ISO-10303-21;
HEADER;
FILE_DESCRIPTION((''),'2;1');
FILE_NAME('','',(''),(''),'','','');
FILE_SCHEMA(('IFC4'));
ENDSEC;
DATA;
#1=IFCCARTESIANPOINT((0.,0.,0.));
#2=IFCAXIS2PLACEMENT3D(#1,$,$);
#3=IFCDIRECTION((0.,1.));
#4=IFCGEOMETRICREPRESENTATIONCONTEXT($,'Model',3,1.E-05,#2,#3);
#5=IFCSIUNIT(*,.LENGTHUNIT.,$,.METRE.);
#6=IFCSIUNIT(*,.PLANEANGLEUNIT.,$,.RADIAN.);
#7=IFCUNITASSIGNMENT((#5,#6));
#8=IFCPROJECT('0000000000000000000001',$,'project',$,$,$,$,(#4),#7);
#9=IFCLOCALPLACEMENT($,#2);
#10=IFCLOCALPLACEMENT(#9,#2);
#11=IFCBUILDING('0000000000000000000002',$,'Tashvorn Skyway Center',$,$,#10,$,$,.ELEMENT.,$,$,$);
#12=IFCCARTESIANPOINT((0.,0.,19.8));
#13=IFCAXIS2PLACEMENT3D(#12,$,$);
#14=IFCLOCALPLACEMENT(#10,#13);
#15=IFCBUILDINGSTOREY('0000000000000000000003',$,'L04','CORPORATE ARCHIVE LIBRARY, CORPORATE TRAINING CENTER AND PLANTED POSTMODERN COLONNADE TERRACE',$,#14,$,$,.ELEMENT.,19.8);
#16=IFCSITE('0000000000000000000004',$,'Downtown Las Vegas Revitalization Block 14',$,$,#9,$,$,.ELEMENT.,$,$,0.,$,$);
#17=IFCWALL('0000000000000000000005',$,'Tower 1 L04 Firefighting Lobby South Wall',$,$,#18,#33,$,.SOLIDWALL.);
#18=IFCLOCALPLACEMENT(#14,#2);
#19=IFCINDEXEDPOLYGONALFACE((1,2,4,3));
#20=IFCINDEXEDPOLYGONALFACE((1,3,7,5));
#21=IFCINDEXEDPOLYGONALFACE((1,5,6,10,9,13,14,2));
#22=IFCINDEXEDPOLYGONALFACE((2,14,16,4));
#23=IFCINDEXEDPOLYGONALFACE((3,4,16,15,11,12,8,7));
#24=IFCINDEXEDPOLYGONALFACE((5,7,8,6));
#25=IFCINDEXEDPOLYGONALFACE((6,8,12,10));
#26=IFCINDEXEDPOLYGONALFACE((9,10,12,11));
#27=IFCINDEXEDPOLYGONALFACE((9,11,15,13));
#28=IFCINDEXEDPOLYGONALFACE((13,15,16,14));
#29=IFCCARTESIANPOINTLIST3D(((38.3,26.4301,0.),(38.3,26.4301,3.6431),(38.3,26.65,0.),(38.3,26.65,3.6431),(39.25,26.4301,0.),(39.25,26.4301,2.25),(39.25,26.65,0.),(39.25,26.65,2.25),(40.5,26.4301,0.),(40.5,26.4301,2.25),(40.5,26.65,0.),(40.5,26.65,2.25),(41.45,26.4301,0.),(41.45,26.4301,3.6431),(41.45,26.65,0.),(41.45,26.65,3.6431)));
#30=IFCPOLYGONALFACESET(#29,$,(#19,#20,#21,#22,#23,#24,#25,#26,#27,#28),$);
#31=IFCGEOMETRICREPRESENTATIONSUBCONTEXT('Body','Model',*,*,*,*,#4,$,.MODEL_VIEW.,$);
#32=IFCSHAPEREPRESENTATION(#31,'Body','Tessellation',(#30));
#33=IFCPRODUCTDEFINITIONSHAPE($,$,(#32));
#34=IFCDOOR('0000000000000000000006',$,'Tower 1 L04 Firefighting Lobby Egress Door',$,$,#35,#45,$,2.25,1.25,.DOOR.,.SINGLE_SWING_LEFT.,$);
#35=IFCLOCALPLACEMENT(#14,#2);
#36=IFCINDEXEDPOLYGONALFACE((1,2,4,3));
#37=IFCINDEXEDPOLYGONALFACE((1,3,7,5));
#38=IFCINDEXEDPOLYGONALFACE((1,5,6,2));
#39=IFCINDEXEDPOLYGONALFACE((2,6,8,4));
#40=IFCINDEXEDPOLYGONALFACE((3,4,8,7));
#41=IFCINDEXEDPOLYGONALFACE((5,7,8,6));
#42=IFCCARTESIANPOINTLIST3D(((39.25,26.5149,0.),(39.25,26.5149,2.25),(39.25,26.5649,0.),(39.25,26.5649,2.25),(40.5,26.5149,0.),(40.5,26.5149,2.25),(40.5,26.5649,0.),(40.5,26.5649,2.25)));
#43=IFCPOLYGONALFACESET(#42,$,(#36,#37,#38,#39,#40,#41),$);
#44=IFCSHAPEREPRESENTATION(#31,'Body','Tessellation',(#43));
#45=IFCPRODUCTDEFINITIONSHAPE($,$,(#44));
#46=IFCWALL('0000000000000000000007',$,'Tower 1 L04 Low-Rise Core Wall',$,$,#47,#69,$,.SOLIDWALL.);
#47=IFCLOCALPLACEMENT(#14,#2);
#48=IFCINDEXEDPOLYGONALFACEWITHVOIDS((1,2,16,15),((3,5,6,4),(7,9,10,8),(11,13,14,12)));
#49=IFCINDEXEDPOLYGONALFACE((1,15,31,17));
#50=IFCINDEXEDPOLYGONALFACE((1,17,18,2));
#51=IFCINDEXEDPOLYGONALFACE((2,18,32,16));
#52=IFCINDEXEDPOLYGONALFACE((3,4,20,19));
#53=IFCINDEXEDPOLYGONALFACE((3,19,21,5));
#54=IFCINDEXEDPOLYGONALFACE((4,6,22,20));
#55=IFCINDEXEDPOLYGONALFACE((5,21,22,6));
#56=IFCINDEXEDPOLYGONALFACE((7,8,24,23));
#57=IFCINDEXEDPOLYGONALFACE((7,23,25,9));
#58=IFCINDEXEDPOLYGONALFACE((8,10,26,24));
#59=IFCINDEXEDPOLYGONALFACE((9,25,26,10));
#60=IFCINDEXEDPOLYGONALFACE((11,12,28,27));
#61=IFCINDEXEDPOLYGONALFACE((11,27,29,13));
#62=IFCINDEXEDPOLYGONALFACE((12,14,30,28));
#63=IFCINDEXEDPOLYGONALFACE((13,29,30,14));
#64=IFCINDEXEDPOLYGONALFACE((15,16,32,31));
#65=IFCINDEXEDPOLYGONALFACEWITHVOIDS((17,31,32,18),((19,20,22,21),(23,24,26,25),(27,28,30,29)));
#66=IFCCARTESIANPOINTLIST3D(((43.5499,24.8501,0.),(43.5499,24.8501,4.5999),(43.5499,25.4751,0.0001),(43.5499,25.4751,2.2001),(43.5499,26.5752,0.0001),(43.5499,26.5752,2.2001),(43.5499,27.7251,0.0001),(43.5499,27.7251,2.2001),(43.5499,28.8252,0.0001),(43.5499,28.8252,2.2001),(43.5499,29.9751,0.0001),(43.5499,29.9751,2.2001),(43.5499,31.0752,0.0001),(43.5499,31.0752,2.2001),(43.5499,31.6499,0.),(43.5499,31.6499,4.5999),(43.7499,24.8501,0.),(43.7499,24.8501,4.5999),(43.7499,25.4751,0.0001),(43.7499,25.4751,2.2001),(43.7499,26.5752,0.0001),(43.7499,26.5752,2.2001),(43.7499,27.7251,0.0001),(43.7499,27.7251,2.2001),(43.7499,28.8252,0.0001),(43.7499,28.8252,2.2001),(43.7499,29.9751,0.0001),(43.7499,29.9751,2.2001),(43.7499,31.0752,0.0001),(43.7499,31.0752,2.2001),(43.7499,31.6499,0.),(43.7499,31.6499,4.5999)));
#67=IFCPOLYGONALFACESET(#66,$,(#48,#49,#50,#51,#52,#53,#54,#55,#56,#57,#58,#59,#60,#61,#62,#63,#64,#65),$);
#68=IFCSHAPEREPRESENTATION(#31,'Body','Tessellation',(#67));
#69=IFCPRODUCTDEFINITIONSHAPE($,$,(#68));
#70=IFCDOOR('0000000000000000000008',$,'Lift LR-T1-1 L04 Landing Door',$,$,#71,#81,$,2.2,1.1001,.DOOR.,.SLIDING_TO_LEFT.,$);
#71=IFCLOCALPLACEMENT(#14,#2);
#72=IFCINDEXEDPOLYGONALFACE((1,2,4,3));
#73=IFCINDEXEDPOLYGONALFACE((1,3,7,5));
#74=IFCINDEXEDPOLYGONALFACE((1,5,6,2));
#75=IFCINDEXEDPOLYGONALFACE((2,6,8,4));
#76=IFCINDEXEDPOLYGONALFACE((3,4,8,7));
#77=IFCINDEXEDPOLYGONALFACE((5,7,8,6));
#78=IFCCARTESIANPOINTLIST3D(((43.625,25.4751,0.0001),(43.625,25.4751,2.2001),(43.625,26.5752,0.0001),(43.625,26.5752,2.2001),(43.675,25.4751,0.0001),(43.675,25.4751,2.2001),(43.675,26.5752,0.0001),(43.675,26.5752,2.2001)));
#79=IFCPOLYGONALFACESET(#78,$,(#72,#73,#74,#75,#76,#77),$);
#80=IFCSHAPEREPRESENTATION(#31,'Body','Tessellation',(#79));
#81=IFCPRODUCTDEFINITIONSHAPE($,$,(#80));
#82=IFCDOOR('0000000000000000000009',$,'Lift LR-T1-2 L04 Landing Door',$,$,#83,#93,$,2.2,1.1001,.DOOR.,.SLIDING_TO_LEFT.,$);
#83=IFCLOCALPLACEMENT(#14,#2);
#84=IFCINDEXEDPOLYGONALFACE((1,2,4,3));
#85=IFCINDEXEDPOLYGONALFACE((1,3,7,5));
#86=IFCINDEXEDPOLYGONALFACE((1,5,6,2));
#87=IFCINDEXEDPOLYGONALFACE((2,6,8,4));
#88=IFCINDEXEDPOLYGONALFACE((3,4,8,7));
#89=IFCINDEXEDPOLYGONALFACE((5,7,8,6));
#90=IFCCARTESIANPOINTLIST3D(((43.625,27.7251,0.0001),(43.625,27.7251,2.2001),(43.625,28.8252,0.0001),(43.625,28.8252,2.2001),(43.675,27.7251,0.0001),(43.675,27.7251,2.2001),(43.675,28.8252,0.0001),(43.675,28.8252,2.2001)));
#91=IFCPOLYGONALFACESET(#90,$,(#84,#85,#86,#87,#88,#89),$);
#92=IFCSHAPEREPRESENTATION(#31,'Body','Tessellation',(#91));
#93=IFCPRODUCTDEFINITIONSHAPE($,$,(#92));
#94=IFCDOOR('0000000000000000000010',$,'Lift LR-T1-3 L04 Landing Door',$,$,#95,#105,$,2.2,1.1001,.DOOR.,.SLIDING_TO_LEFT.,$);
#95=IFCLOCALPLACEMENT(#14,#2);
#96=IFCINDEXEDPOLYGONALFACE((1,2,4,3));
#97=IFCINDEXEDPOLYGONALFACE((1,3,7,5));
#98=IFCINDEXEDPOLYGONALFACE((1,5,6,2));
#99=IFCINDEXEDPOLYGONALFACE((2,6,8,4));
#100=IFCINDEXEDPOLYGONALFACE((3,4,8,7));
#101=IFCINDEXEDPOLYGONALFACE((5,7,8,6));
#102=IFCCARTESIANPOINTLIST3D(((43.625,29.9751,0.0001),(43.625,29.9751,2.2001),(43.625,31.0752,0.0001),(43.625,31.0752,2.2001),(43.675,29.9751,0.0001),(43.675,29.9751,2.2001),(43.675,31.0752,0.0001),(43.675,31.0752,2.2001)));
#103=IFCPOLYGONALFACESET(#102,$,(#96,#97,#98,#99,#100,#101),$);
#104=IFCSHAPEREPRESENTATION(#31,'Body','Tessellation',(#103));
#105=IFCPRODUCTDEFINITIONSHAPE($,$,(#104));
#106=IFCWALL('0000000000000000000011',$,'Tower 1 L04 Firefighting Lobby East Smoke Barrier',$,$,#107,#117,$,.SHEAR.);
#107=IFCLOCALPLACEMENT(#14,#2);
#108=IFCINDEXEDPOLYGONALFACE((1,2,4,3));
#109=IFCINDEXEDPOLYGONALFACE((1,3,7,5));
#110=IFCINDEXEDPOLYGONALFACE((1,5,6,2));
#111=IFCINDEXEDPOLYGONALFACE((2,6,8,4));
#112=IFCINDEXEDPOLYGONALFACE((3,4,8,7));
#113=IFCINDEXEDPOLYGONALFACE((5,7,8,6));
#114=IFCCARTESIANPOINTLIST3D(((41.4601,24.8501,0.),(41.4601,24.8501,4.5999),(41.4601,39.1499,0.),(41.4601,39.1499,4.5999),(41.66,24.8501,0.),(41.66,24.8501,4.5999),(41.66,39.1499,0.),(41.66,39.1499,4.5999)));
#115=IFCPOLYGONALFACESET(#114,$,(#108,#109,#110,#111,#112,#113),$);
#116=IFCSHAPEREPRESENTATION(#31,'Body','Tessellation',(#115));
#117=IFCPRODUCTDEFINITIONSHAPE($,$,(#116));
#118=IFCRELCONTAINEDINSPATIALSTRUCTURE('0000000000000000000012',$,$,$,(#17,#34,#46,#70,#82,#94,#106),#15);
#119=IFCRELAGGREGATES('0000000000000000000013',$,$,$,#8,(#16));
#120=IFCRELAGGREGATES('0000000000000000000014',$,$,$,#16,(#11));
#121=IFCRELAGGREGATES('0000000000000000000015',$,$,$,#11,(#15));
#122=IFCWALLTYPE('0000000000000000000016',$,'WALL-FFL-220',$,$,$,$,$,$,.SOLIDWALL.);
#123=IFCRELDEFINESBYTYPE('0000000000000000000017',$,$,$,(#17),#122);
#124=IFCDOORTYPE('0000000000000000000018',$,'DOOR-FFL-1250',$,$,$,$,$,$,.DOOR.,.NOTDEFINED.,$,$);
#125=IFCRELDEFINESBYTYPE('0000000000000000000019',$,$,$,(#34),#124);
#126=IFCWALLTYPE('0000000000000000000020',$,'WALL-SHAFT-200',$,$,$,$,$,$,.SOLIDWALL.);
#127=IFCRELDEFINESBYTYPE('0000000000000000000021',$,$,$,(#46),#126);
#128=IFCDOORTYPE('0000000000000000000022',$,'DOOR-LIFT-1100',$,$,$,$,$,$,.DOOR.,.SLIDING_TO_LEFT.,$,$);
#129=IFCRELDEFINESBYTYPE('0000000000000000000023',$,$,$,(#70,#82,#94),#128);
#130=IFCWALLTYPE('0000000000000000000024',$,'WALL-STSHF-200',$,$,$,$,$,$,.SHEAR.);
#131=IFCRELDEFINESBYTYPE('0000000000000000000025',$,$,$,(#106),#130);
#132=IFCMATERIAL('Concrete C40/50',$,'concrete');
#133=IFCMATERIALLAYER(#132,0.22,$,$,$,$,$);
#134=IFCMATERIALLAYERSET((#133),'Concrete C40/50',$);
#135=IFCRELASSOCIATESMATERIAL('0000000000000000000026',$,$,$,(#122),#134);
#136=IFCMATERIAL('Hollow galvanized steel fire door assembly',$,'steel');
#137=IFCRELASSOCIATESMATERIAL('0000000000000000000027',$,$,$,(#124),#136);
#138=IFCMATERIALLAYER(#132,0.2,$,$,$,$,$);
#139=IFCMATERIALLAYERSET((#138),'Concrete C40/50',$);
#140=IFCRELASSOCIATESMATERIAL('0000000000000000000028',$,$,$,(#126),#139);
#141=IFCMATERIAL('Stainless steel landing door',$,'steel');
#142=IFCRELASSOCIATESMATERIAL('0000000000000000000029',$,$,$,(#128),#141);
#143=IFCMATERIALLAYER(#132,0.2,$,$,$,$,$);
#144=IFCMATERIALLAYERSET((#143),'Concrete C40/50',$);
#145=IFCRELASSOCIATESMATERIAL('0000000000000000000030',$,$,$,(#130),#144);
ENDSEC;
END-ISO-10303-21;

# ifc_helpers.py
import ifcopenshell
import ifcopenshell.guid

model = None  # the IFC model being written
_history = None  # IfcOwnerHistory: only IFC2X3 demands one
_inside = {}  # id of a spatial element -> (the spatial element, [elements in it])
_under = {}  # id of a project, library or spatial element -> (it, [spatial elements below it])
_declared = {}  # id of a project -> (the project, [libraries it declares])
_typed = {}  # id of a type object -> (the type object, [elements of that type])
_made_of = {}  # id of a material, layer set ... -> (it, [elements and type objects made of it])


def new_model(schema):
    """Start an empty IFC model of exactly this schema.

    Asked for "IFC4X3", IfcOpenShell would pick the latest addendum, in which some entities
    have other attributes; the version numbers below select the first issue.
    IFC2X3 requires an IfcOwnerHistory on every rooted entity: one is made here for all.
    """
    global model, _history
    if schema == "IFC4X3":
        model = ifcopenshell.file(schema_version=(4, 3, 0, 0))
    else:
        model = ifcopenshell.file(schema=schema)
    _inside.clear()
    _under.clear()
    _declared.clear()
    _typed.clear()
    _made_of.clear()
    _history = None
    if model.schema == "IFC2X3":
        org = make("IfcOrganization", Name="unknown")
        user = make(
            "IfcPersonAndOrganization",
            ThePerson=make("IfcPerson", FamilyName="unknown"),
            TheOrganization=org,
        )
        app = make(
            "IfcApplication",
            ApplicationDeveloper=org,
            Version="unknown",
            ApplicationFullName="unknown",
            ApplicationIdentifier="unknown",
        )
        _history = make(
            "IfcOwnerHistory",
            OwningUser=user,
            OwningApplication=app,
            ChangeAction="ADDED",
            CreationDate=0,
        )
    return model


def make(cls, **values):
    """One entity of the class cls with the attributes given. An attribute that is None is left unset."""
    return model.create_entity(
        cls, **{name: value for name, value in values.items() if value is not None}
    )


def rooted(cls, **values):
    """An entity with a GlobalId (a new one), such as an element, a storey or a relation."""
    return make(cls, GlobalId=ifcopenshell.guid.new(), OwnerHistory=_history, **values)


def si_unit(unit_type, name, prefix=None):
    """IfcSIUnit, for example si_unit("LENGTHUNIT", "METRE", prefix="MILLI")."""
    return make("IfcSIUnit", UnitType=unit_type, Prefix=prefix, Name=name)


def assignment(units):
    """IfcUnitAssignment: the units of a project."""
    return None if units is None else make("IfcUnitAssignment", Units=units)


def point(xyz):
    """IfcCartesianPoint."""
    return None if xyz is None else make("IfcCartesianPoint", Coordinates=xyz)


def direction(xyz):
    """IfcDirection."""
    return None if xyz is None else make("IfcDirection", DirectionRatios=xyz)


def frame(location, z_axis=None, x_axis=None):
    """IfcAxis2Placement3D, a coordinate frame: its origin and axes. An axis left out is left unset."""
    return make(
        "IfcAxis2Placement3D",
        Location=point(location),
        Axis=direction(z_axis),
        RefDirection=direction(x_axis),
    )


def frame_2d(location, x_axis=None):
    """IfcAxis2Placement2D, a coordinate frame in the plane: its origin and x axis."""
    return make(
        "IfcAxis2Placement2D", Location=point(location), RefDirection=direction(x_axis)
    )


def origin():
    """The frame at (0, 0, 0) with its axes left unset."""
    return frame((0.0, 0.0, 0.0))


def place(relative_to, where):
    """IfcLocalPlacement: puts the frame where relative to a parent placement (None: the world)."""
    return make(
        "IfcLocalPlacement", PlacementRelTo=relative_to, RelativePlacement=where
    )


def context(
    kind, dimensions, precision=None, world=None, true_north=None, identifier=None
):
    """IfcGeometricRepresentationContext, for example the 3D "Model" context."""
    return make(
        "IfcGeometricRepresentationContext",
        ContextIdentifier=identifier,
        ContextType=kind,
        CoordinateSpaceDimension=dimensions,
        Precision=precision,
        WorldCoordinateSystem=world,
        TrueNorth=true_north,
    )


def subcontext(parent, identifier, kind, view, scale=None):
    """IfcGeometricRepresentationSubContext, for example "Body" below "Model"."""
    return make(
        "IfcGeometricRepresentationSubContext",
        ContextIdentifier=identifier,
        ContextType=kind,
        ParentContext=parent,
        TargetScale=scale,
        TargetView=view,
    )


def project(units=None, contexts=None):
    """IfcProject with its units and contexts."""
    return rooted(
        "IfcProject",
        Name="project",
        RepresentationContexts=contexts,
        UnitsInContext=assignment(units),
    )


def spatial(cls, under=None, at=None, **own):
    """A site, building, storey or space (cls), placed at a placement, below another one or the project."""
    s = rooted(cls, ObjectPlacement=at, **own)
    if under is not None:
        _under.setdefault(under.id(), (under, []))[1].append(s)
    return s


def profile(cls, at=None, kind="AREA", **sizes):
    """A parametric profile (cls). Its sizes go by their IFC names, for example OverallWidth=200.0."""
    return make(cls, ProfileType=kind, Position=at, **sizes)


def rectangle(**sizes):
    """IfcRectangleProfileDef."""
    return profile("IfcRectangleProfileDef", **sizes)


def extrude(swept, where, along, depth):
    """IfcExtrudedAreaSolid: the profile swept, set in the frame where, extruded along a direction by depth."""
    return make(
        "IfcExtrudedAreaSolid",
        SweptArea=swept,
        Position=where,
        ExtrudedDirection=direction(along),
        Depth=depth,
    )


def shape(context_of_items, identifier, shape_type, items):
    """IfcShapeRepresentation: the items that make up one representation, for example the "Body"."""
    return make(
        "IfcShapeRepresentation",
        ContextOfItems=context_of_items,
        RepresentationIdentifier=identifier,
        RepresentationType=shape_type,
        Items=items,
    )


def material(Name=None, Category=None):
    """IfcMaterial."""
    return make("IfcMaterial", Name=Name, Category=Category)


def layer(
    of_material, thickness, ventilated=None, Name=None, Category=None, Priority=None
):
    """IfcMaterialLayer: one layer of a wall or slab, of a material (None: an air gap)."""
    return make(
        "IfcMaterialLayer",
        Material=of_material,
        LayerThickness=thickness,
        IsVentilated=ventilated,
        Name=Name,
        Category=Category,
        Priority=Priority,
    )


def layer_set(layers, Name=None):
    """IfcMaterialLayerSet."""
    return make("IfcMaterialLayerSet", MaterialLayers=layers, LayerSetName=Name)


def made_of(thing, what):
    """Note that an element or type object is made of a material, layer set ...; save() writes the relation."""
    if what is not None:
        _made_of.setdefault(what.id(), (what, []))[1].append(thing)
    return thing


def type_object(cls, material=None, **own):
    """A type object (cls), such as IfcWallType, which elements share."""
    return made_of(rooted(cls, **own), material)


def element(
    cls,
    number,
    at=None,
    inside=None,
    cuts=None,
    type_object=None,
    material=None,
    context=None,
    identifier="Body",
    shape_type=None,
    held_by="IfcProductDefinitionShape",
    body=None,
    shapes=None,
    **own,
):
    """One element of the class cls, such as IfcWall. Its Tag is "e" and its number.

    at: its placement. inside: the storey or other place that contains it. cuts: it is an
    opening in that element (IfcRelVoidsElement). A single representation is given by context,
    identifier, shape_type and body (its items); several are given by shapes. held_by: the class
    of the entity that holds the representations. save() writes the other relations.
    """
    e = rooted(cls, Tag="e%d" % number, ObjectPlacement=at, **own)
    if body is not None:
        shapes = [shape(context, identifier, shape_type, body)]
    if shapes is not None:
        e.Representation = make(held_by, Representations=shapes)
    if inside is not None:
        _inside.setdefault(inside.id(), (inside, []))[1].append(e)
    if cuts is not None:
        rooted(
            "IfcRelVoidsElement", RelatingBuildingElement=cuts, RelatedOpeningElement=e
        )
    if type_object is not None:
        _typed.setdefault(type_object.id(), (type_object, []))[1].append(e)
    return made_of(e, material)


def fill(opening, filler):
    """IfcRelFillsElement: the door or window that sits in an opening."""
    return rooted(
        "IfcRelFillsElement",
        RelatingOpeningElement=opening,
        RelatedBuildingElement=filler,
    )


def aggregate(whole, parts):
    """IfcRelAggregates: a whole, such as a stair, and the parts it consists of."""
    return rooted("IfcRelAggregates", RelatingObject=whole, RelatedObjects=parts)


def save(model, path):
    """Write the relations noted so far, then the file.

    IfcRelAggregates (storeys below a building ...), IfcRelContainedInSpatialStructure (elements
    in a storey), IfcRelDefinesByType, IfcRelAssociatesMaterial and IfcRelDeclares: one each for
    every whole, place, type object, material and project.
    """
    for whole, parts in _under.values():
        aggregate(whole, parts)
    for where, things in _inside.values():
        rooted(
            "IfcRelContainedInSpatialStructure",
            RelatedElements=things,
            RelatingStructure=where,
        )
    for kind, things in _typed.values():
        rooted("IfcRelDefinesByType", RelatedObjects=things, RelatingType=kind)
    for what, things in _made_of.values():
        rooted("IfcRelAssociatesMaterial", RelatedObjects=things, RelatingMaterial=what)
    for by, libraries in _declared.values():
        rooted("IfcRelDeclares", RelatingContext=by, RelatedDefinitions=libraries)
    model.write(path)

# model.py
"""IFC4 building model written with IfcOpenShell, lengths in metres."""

from ifc_helpers import new_model, si_unit, direction, frame, frame_2d, origin, place, context, subcontext, project, spatial, rectangle, extrude, material, layer, layer_set, type_object, element, fill, save


model = new_model("IFC4")

# Units and contexts
model_context = context("Model", 3, precision=1e-05, world=origin(), true_north=direction((0.0, 1.0)))
body_context = subcontext(model_context, "Body", "Model", "MODEL_VIEW")
ifc_project = project(units=[si_unit("LENGTHUNIT", "METRE"), si_unit("PLANEANGLEUNIT", "RADIAN")], contexts=[model_context])

# Site, building, storey
site_placement = place(None, origin())
site = spatial("IfcSite", under=ifc_project, at=site_placement, Name="Downtown Las Vegas Revitalization Block 14", CompositionType="ELEMENT", RefElevation=0.0)
building_placement = place(site_placement, origin())
building = spatial("IfcBuilding", under=site, at=building_placement, Name="Tashvorn Skyway Center", CompositionType="ELEMENT")
storey_placement = place(building_placement, frame((0.0, 0.0, 19.8)))
storey = spatial("IfcBuildingStorey", under=building, at=storey_placement, Name="L04", Description="CORPORATE ARCHIVE LIBRARY, CORPORATE TRAINING CENTER AND PLANTED POSTMODERN COLONNADE TERRACE", CompositionType="ELEMENT", Elevation=19.8)

# Wall, opening, door
ifc_material_1 = material(Name="Concrete C40/50", Category="concrete")
ifc_layer_1 = layer(ifc_material_1, 0.22)
ifc_layer_set_1 = layer_set([ifc_layer_1], Name="Concrete C40/50")
wall_type_1 = type_object("IfcWallType", Name="WALL-FFL-220", PredefinedType="SOLIDWALL", material=ifc_layer_set_1)
wall_1_placement = place(storey_placement, frame((38.3, 26.54, 0.0), z_axis=(0.0, 0.0, 1.0), x_axis=(1.0, 0.0, 0.0)))
wall_1 = element("IfcWall", 1, at=wall_1_placement, inside=storey, type_object=wall_type_1, Name="Tower 1 L04 Firefighting Lobby South Wall", PredefinedType="SOLIDWALL", context=body_context, shape_type="SweptSolid", body=[
    extrude(rectangle(XDim=3.1499, YDim=0.22, at=frame_2d((1.575, 0.0))), origin(), (0.0, 0.0, 1.0), 3.6431),
])
opening_1_placement = place(wall_1_placement, frame((0.95, 0.0, 0.0)))
opening_1 = element("IfcOpeningElement", 2, at=opening_1_placement, cuts=wall_1, PredefinedType="OPENING", context=body_context, shape_type="SweptSolid", body=[
    extrude(rectangle(XDim=1.25, YDim=2.25, at=frame_2d((0.625, 1.125))), frame((0.0, 0.1199, 0.0), z_axis=(0.0, -1.0, 0.0), x_axis=(1.0, 0.0, 0.0)), (0.0, 0.0, 1.0), 0.24),
])
ifc_material_2 = material(Name="Hollow galvanized steel fire door assembly", Category="steel")
door_type_1 = type_object("IfcDoorType", Name="DOOR-FFL-1250", OperationType="NOTDEFINED", PredefinedType="DOOR", material=ifc_material_2)
door_1_placement = place(opening_1_placement, origin())
door_1 = element("IfcDoor", 3, at=door_1_placement, inside=storey, type_object=door_type_1, Name="Tower 1 L04 Firefighting Lobby Egress Door", OperationType="SINGLE_SWING_LEFT", OverallHeight=2.25, OverallWidth=1.25, PredefinedType="DOOR", context=body_context, shape_type="SweptSolid", body=[
    extrude(rectangle(XDim=1.25, YDim=2.25, at=frame_2d((0.625, 1.125))), frame((0.0, 0.0249, 0.0), z_axis=(0.0, -1.0, 0.0), x_axis=(1.0, 0.0, 0.0)), (0.0, 0.0, 1.0), 0.05),
])
fill(opening_1, door_1)

# Wall, openings, doors
ifc_layer_2 = layer(ifc_material_1, 0.2)
ifc_layer_set_2 = layer_set([ifc_layer_2], Name="Concrete C40/50")
wall_type_2 = type_object("IfcWallType", Name="WALL-SHAFT-200", PredefinedType="SOLIDWALL", material=ifc_layer_set_2)
wall_2_placement = place(storey_placement, frame((43.6499, 24.8501, 0.0), z_axis=(0.0, 0.0, 1.0), x_axis=(0.0, 1.0, 0.0)))
wall_2 = element("IfcWall", 4, at=wall_2_placement, inside=storey, type_object=wall_type_2, Name="Tower 1 L04 Low-Rise Core Wall", PredefinedType="SOLIDWALL", context=body_context, shape_type="SweptSolid", body=[
    extrude(rectangle(XDim=6.7998, YDim=0.2, at=frame_2d((3.3999, 0.0))), origin(), (0.0, 0.0, 1.0), 4.5999),
])
opening_2_placement = place(wall_2_placement, frame((0.625, 0.0, 0.0)))
opening_2 = element("IfcOpeningElement", 5, at=opening_2_placement, cuts=wall_2, PredefinedType="OPENING", context=body_context, shape_type="SweptSolid", body=[
    extrude(rectangle(XDim=1.1001, YDim=2.2, at=frame_2d((0.55, 1.1001))), frame((0.0, 0.1099, 0.0), z_axis=(0.0, -1.0, 0.0), x_axis=(1.0, 0.0, 0.0)), (0.0, 0.0, 1.0), 0.22),
])
opening_3_placement = place(wall_2_placement, frame((2.875, 0.0, 0.0)))
opening_3 = element("IfcOpeningElement", 6, at=opening_3_placement, cuts=wall_2, PredefinedType="OPENING", context=body_context, shape_type="SweptSolid", body=[
    extrude(rectangle(XDim=1.1001, YDim=2.2, at=frame_2d((0.55, 1.1001))), frame((0.0, 0.1099, 0.0), z_axis=(0.0, -1.0, 0.0), x_axis=(1.0, 0.0, 0.0)), (0.0, 0.0, 1.0), 0.22),
])
opening_4_placement = place(wall_2_placement, frame((5.125, 0.0, 0.0)))
opening_4 = element("IfcOpeningElement", 7, at=opening_4_placement, cuts=wall_2, PredefinedType="OPENING", context=body_context, shape_type="SweptSolid", body=[
    extrude(rectangle(XDim=1.1001, YDim=2.2, at=frame_2d((0.55, 1.1001))), frame((0.0, 0.1099, 0.0), z_axis=(0.0, -1.0, 0.0), x_axis=(1.0, 0.0, 0.0)), (0.0, 0.0, 1.0), 0.22),
])
ifc_material_3 = material(Name="Stainless steel landing door", Category="steel")
door_type_2 = type_object("IfcDoorType", Name="DOOR-LIFT-1100", OperationType="SLIDING_TO_LEFT", PredefinedType="DOOR", material=ifc_material_3)
door_2_placement = place(opening_2_placement, origin())
door_2 = element("IfcDoor", 8, at=door_2_placement, inside=storey, type_object=door_type_2, Name="Lift LR-T1-1 L04 Landing Door", OperationType="SLIDING_TO_LEFT", OverallHeight=2.2, OverallWidth=1.1001, PredefinedType="DOOR", context=body_context, shape_type="SweptSolid", body=[
    extrude(rectangle(XDim=1.1001, YDim=2.2, at=frame_2d((0.55, 1.1001))), frame((0.0, 0.0249, 0.0), z_axis=(0.0, -1.0, 0.0), x_axis=(1.0, 0.0, 0.0)), (0.0, 0.0, 1.0), 0.05),
])
fill(opening_2, door_2)
door_3_placement = place(opening_3_placement, origin())
door_3 = element("IfcDoor", 9, at=door_3_placement, inside=storey, type_object=door_type_2, Name="Lift LR-T1-2 L04 Landing Door", OperationType="SLIDING_TO_LEFT", OverallHeight=2.2, OverallWidth=1.1001, PredefinedType="DOOR", context=body_context, shape_type="SweptSolid", body=[
    extrude(rectangle(XDim=1.1001, YDim=2.2, at=frame_2d((0.55, 1.1001))), frame((0.0, 0.0249, 0.0), z_axis=(0.0, -1.0, 0.0), x_axis=(1.0, 0.0, 0.0)), (0.0, 0.0, 1.0), 0.05),
])
fill(opening_3, door_3)
door_4_placement = place(opening_4_placement, origin())
door_4 = element("IfcDoor", 10, at=door_4_placement, inside=storey, type_object=door_type_2, Name="Lift LR-T1-3 L04 Landing Door", OperationType="SLIDING_TO_LEFT", OverallHeight=2.2, OverallWidth=1.1001, PredefinedType="DOOR", context=body_context, shape_type="SweptSolid", body=[
    extrude(rectangle(XDim=1.1001, YDim=2.2, at=frame_2d((0.55, 1.1001))), frame((0.0, 0.0249, 0.0), z_axis=(0.0, -1.0, 0.0), x_axis=(1.0, 0.0, 0.0)), (0.0, 0.0, 1.0), 0.05),
])
fill(opening_4, door_4)

# Wall
ifc_layer_3 = layer(ifc_material_1, 0.2)
ifc_layer_set_3 = layer_set([ifc_layer_3], Name="Concrete C40/50")
wall_type_3 = type_object("IfcWallType", Name="WALL-STSHF-200", PredefinedType="SHEAR", material=ifc_layer_set_3)
wall_3_placement = place(storey_placement, frame((41.5601, 24.8501, 0.0), z_axis=(0.0, 0.0, 1.0), x_axis=(0.0, 1.0, 0.0)))
element("IfcWall", 11, at=wall_3_placement, inside=storey, type_object=wall_type_3, Name="Tower 1 L04 Firefighting Lobby East Smoke Barrier", PredefinedType="SHEAR", context=body_context, shape_type="SweptSolid", body=[
    extrude(rectangle(XDim=14.2998, YDim=0.2, at=frame_2d((7.1499, 0.0))), origin(), (0.0, 0.0, 1.0), 4.5999),
])

save(model, "model.ifc")
